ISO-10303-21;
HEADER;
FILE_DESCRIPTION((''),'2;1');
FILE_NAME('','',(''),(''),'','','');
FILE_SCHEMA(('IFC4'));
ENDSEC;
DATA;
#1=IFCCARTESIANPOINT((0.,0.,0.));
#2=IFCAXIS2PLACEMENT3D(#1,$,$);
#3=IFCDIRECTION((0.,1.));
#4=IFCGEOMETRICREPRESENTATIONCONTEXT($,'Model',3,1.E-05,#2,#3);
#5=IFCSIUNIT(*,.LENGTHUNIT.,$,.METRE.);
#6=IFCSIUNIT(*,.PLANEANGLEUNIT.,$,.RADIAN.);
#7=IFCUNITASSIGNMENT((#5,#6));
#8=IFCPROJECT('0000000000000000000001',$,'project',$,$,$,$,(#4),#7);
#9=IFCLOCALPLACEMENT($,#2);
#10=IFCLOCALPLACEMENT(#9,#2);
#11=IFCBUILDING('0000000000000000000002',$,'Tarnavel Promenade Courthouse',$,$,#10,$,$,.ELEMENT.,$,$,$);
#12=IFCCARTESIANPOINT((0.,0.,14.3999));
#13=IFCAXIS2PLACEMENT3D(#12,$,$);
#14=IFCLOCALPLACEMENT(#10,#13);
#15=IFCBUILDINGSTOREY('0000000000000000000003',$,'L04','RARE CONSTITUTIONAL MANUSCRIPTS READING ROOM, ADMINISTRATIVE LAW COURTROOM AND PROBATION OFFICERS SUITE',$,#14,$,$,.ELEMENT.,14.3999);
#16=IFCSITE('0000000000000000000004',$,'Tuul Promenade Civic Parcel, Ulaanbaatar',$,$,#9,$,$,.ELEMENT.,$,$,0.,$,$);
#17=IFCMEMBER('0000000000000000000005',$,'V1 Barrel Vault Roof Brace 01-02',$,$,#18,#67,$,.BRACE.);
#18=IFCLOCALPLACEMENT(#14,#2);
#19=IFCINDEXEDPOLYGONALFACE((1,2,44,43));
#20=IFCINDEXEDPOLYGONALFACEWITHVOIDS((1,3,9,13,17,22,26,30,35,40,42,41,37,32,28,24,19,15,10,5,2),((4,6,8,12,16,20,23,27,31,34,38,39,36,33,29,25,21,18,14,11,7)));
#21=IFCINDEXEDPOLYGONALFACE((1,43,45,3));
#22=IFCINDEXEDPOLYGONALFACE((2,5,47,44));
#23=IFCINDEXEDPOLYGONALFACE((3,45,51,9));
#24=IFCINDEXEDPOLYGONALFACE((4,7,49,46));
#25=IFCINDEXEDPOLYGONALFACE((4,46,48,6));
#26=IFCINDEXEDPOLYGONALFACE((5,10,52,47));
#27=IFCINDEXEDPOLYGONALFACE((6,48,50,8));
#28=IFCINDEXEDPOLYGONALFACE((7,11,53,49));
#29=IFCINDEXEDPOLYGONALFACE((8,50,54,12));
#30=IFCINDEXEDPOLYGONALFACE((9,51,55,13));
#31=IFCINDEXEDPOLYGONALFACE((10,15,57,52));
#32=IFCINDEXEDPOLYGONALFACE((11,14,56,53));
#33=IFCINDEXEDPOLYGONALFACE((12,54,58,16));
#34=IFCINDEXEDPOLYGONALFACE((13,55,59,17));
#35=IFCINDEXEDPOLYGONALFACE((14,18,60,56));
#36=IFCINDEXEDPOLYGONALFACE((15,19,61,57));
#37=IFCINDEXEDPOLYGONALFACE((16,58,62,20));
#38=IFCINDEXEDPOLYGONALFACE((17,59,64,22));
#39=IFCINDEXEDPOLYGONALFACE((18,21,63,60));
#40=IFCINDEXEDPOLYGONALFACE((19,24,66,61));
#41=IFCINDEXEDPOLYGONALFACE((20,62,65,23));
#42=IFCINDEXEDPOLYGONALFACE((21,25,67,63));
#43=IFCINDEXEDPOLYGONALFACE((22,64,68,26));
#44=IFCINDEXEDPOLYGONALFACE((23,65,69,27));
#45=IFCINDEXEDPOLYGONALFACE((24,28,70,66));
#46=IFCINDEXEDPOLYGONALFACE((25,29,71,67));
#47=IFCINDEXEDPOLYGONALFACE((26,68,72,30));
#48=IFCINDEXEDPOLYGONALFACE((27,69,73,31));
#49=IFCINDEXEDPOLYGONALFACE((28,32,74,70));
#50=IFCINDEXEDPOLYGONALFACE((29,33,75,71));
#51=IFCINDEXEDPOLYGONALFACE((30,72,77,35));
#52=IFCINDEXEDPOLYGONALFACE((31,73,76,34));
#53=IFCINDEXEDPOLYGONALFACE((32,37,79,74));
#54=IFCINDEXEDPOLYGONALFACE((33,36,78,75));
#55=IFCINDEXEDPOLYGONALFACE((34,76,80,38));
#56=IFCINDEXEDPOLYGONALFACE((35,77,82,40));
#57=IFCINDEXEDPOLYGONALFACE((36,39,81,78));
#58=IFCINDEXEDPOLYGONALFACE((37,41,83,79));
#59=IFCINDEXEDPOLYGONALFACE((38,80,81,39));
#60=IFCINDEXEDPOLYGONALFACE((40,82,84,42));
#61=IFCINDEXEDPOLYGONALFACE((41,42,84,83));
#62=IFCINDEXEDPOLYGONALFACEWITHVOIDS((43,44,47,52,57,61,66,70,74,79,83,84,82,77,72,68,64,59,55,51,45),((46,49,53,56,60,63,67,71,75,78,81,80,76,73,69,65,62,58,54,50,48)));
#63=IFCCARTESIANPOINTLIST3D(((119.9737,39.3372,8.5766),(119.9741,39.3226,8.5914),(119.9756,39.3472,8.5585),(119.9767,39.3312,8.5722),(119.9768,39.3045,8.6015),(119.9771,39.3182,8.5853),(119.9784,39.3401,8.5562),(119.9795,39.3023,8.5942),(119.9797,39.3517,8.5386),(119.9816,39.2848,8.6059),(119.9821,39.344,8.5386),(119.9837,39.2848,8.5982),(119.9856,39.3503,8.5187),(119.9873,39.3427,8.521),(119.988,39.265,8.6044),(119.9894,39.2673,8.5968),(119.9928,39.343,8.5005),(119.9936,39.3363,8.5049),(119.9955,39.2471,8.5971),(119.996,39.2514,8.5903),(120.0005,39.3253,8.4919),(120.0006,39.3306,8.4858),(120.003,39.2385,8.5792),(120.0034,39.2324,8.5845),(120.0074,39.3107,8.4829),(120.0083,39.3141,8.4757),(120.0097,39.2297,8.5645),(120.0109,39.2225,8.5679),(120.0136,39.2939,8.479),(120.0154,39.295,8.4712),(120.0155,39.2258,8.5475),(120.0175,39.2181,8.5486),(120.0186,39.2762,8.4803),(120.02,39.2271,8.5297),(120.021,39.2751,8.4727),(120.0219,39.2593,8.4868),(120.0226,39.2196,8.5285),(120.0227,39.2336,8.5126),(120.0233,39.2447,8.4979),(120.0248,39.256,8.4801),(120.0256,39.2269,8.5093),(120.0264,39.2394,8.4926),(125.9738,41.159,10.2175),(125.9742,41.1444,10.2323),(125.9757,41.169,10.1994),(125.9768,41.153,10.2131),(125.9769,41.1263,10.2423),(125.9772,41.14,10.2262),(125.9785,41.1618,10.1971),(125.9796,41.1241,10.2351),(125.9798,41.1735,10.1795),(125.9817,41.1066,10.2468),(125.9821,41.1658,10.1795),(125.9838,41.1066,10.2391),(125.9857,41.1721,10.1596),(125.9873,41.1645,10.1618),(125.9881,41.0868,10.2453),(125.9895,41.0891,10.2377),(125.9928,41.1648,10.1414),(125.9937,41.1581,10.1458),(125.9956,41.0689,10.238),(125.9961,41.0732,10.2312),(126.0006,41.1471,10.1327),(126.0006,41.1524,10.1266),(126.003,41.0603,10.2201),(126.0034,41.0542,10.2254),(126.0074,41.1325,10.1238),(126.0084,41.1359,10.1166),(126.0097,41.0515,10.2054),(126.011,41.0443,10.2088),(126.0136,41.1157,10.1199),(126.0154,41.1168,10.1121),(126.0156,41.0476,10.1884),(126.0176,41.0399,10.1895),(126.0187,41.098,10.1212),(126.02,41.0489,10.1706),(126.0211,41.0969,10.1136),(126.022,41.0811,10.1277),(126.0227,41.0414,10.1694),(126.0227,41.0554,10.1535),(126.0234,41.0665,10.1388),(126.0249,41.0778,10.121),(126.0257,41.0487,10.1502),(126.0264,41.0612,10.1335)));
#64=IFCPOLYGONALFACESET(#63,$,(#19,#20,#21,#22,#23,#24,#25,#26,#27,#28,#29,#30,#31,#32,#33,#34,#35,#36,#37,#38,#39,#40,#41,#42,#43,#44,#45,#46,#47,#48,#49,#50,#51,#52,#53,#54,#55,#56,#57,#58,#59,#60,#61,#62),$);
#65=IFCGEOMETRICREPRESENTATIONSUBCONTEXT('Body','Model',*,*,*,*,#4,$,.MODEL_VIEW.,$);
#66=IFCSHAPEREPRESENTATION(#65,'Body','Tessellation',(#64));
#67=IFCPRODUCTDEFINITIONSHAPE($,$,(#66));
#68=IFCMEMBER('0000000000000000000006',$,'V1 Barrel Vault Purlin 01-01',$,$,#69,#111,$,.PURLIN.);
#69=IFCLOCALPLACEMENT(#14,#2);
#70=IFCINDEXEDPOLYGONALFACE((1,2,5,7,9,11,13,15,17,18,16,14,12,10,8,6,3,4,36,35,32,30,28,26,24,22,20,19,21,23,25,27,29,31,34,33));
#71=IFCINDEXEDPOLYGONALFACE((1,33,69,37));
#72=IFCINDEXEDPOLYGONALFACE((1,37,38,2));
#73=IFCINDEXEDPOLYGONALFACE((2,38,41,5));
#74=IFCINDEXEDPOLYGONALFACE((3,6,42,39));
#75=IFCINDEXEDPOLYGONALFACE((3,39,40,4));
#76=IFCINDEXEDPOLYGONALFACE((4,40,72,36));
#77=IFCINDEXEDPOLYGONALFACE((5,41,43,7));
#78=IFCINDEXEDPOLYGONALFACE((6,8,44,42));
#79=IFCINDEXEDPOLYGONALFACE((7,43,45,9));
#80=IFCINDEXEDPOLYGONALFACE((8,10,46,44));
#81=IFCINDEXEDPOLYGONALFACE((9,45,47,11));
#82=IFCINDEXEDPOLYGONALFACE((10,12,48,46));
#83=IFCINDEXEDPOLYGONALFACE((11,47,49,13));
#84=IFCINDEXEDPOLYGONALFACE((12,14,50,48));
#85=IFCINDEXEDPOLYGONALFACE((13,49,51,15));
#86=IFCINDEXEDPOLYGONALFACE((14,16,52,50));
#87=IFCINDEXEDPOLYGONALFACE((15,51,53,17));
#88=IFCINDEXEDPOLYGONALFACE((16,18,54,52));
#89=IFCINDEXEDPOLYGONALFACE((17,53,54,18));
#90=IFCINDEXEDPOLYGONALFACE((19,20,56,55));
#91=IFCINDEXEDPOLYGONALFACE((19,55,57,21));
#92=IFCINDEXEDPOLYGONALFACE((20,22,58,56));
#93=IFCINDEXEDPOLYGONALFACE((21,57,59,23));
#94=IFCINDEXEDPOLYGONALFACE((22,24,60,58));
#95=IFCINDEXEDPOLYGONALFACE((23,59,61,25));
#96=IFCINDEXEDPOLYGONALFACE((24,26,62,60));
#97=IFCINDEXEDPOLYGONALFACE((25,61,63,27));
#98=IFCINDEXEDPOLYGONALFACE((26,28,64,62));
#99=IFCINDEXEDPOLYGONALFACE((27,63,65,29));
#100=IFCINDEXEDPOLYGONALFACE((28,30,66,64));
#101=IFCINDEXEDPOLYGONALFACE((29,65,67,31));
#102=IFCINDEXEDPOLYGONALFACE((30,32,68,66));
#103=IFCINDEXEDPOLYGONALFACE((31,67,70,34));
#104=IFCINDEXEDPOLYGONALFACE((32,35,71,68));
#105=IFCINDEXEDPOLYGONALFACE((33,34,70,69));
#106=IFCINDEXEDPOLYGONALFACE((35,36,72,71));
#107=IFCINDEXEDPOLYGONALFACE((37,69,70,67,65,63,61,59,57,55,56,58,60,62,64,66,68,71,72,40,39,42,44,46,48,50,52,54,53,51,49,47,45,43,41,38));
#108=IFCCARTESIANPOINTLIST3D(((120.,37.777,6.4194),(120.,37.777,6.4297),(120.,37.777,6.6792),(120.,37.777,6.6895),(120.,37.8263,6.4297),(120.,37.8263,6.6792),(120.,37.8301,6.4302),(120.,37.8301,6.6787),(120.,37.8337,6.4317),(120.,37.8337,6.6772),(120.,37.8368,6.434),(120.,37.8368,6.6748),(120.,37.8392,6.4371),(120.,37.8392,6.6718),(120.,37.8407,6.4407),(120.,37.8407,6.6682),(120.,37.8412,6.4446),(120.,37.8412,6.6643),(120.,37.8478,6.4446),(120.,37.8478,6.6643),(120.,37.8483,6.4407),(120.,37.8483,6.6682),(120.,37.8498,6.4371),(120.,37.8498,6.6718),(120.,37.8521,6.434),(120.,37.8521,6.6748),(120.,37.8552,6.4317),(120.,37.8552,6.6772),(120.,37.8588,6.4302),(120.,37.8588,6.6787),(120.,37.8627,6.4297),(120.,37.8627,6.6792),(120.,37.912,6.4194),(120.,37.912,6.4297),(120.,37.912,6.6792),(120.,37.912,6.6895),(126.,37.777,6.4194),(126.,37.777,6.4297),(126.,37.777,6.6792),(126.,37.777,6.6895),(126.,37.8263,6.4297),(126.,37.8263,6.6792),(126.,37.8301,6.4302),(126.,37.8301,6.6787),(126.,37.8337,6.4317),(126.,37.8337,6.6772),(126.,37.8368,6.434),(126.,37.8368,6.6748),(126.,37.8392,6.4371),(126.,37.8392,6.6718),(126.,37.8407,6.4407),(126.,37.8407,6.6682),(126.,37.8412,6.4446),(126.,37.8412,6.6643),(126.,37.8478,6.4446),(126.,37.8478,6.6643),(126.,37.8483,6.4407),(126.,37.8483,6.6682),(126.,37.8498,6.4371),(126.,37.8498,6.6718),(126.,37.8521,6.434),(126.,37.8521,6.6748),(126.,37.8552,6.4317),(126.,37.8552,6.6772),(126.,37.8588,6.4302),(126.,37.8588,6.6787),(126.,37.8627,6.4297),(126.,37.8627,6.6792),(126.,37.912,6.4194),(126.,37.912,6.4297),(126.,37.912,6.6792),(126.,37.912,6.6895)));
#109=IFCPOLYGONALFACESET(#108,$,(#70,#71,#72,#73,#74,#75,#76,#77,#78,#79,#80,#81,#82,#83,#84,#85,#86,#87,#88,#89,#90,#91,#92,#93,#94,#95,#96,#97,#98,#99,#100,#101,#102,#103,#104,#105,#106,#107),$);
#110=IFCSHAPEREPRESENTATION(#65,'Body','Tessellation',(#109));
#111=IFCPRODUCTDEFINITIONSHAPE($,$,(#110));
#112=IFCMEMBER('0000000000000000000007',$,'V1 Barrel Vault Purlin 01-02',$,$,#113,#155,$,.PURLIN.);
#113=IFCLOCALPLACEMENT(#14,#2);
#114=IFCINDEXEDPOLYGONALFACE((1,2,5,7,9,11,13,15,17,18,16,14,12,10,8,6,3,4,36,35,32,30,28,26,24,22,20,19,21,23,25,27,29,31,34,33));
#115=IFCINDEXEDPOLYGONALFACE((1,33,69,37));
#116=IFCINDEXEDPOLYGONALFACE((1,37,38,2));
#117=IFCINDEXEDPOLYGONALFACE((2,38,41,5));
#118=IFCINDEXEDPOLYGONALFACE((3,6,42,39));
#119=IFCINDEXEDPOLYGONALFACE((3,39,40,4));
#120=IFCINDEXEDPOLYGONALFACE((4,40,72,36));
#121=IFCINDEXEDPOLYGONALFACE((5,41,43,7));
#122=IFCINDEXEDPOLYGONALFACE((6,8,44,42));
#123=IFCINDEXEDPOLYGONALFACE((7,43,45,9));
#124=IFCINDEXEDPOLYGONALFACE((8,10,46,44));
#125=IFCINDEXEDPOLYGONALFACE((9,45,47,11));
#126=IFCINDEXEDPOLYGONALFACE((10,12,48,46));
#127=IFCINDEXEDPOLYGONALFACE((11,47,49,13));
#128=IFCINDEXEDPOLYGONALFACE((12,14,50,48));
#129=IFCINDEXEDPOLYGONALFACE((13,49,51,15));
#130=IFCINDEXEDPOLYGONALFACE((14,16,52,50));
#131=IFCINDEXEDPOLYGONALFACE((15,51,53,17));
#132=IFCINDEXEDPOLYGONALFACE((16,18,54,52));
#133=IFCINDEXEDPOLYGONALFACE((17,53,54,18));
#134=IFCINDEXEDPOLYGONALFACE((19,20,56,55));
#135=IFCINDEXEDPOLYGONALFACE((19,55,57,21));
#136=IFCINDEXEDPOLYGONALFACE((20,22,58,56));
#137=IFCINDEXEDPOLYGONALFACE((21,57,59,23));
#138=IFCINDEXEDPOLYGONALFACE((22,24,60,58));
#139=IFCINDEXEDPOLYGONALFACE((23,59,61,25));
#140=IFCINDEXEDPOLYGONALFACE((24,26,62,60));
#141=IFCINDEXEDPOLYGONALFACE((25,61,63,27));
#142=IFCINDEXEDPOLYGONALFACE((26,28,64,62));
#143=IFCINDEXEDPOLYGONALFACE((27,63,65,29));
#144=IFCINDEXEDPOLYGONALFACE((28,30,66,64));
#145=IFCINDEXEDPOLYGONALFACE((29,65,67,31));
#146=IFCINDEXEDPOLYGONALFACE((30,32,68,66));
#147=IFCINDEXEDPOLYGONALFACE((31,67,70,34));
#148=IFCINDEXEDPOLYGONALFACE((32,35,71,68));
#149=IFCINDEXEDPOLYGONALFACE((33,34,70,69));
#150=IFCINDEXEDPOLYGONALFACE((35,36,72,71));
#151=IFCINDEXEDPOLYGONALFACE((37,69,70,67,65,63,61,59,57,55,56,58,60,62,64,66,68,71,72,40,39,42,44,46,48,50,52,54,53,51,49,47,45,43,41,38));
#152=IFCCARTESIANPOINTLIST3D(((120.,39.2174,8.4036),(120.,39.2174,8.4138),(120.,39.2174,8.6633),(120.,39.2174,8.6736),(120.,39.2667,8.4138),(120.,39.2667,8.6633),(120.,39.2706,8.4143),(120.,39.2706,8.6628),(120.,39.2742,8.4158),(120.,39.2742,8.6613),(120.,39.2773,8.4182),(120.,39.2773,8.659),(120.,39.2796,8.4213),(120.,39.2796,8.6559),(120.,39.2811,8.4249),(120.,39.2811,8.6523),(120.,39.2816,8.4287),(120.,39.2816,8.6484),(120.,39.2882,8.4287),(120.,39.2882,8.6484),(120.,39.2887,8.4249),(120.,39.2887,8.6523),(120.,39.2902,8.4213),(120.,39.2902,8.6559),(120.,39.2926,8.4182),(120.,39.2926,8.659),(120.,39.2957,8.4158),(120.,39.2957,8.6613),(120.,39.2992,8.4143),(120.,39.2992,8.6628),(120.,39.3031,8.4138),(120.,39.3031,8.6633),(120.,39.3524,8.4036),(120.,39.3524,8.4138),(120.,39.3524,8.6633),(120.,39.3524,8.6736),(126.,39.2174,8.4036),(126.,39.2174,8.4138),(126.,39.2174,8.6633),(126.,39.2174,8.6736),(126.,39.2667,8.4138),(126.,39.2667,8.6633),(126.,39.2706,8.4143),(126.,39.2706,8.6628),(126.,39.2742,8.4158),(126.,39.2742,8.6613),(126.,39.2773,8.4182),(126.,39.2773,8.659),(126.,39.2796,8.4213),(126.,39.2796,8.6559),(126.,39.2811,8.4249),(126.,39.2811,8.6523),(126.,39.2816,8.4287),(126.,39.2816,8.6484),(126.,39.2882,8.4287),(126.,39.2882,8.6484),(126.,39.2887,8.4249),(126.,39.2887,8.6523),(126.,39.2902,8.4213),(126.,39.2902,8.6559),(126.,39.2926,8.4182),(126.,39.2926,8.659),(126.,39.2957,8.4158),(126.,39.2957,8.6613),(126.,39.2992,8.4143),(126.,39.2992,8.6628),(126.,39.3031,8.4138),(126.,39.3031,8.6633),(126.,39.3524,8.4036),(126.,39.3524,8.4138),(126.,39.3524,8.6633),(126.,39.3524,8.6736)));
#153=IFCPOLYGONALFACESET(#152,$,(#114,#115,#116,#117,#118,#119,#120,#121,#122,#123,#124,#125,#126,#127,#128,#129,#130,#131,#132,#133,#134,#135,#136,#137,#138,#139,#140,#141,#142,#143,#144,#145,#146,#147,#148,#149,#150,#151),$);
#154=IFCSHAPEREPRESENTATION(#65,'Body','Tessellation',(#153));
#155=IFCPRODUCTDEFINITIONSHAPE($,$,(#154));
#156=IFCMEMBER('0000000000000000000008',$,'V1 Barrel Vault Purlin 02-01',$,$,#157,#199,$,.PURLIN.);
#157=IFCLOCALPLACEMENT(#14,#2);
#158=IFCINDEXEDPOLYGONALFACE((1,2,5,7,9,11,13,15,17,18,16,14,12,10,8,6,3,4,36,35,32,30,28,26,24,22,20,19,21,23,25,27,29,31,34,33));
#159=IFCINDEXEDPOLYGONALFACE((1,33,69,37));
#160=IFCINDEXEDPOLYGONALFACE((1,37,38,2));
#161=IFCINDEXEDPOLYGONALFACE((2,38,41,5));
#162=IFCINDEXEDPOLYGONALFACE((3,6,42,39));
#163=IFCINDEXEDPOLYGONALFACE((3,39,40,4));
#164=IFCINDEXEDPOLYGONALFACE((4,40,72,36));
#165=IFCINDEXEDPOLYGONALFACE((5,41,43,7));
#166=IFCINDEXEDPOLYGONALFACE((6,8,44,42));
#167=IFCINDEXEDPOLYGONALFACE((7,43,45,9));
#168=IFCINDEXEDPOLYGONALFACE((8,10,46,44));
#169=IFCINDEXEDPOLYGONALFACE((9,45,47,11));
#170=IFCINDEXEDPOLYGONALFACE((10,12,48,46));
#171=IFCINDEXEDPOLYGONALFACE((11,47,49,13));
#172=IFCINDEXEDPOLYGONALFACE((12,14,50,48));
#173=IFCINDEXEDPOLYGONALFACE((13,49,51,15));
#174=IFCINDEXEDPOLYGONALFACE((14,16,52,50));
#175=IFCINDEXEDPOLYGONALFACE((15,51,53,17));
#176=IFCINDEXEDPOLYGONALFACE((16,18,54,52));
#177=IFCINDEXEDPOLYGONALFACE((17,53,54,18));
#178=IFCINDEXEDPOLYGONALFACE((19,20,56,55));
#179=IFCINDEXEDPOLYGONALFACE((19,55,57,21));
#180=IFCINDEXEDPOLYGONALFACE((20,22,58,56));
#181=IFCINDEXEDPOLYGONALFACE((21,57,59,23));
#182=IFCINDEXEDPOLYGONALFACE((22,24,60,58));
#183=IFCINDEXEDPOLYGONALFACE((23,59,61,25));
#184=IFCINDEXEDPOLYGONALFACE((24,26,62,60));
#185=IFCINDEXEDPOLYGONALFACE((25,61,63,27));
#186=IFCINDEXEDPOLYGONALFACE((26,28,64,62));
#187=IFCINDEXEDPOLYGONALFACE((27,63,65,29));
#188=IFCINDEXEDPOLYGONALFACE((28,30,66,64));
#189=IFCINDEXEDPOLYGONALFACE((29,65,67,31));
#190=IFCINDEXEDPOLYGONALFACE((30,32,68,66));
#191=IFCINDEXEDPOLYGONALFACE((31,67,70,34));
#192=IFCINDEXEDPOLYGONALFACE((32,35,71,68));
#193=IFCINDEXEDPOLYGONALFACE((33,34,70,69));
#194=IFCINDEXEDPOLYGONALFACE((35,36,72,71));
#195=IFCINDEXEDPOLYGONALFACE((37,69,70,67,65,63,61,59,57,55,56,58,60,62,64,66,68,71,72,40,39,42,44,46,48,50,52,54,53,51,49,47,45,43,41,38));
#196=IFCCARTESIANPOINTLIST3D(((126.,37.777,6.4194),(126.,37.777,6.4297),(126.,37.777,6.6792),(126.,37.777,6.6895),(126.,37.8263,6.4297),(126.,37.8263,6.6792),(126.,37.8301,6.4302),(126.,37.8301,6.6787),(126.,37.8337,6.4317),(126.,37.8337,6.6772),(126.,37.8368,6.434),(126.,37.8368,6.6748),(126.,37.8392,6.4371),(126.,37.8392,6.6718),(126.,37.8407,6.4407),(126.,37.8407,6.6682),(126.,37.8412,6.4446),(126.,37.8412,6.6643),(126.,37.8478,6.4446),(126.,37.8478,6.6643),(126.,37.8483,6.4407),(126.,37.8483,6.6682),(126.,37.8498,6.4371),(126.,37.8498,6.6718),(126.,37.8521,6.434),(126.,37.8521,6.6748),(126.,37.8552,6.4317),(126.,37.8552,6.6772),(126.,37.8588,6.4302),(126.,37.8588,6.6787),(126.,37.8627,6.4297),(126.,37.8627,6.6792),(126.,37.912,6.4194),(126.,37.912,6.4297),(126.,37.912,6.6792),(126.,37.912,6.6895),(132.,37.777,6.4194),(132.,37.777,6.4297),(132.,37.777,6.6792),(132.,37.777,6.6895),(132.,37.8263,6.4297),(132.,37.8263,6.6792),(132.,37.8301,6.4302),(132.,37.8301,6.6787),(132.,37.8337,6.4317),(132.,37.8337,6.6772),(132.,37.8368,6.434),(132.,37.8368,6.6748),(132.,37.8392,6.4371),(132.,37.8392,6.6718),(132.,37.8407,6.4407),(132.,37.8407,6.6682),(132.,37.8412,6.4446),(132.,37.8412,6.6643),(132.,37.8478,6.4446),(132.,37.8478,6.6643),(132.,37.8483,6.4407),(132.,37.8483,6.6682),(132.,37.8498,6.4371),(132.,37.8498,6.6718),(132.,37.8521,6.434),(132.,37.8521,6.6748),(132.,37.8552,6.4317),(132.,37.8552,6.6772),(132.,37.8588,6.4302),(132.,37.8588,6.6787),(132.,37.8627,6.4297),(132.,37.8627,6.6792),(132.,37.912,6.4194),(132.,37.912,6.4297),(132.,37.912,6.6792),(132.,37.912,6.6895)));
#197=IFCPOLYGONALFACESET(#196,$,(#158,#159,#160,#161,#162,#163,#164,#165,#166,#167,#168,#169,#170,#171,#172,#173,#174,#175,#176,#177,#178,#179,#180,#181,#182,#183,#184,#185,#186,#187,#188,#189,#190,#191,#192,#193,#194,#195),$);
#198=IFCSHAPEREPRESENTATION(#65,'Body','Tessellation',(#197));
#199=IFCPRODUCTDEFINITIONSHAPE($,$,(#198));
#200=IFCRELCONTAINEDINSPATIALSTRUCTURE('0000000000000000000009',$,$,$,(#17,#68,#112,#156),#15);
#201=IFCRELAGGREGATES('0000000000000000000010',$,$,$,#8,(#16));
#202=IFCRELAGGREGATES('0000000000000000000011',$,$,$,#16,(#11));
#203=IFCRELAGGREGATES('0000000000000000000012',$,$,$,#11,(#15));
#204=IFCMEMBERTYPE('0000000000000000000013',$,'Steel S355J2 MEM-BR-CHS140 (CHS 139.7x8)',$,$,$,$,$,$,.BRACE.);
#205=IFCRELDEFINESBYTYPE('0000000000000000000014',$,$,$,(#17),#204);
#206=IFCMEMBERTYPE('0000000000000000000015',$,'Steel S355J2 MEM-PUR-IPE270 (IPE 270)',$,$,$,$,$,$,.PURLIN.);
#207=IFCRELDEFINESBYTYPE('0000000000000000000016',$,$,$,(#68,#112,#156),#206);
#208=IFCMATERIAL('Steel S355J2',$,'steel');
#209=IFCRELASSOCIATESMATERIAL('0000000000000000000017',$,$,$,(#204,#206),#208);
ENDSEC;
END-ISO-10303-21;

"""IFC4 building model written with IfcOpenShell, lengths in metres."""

from ifc_helpers import new_model, si_unit, direction, frame, origin, origin_2d, place, context, subcontext, project, spatial, hollow_circle, i_section, extrude, material, material_profile, profile_set, type_object, element, save


model = new_model("IFC4")

# Units and contexts
model_context = context("Model", 3, precision=1e-05, world=origin(), true_north=direction((0.0, 1.0)))
body_context = subcontext(model_context, "Body", "Model", "MODEL_VIEW")
ifc_project = project(units=[si_unit("LENGTHUNIT", "METRE"), si_unit("PLANEANGLEUNIT", "RADIAN")], contexts=[model_context])

# Site, building, storey
site_placement = place(None, origin())
site = spatial("IfcSite", under=ifc_project, at=site_placement, Name="Tuul Promenade Civic Parcel, Ulaanbaatar", CompositionType="ELEMENT", RefElevation=0.0)
building_placement = place(site_placement, origin())
building = spatial("IfcBuilding", under=site, at=building_placement, Name="Tarnavel Promenade Courthouse", CompositionType="ELEMENT")
storey_placement = place(building_placement, frame((0.0, 0.0, 14.3999)))
storey = spatial("IfcBuildingStorey", under=building, at=storey_placement, Name="L04", Description="RARE CONSTITUTIONAL MANUSCRIPTS READING ROOM, ADMINISTRATIVE LAW COURTROOM AND PROBATION OFFICERS SUITE", CompositionType="ELEMENT", Elevation=14.3999)

# Shared definitions
ifc_material_1 = material(Name="Steel S355J2", Category="steel")

# Members
ifc_material_profile_1 = material_profile(ifc_material_1, hollow_circle(Radius=0.0698, WallThickness=0.0081, at=origin_2d()), Name="CHS 139.7x8")
ifc_profile_set_1 = profile_set([ifc_material_profile_1], Name="Steel S355J2")
member_type_1 = type_object("IfcMemberType", Name="Steel S355J2 MEM-BR-CHS140 (CHS 139.7x8)", PredefinedType="BRACE", material=ifc_profile_set_1)
member_1_placement = place(storey_placement, frame((120.0, 39.2849, 8.5386), z_axis=(0.925695, 0.281068, 0.253157), x_axis=(-0.290533, 0.956865, 0.0)))
element("IfcMember", 1, at=member_1_placement, inside=storey, type_object=member_type_1, Name="V1 Barrel Vault Roof Brace 01-02", PredefinedType="BRACE", context=body_context, shape_type="SweptSolid", body=[
    extrude(hollow_circle(Radius=0.0698, WallThickness=0.0081, at=origin_2d()), origin(), (0.0, 0.0, 1.0), 6.4817),
])
ifc_material_profile_2 = material_profile(ifc_material_1, i_section(OverallWidth=0.135, OverallDepth=0.27, WebThickness=0.0066, FlangeThickness=0.0103, FilletRadius=0.0149, at=origin_2d()), Name="IPE 270")
ifc_profile_set_2 = profile_set([ifc_material_profile_2], Name="Steel S355J2")
member_type_2 = type_object("IfcMemberType", Name="Steel S355J2 MEM-PUR-IPE270 (IPE 270)", PredefinedType="PURLIN", material=ifc_profile_set_2)
for number, where, z_axis, x_axis, name in (
    (2, (120.0, 37.8445, 6.5544), (1.0, 0.0, 0.0), (0.0, 1.0, 0.0), "V1 Barrel Vault Purlin 01-01"),
    (3, (120.0, 39.2849, 8.5386), (1.0, 0.0, 0.0), (0.0, 1.0, 0.0), "V1 Barrel Vault Purlin 01-02"),
    (4, (126.0, 37.8445, 6.5544), (1.0, 0.0, 0.0), (0.0, 1.0, 0.0), "V1 Barrel Vault Purlin 02-01"),
):
    element("IfcMember", number, at=place(storey_placement, frame(where, z_axis=z_axis, x_axis=x_axis)), inside=storey, type_object=member_type_2, Name=name, PredefinedType="PURLIN", context=body_context, shape_type="SweptSolid", body=[
        extrude(i_section(OverallWidth=0.135, OverallDepth=0.27, WebThickness=0.0066, FlangeThickness=0.0103, FilletRadius=0.0149, at=origin_2d()), origin(), (0.0, 0.0, 1.0), 6.0),
    ])

save(model, "model.ifc")
